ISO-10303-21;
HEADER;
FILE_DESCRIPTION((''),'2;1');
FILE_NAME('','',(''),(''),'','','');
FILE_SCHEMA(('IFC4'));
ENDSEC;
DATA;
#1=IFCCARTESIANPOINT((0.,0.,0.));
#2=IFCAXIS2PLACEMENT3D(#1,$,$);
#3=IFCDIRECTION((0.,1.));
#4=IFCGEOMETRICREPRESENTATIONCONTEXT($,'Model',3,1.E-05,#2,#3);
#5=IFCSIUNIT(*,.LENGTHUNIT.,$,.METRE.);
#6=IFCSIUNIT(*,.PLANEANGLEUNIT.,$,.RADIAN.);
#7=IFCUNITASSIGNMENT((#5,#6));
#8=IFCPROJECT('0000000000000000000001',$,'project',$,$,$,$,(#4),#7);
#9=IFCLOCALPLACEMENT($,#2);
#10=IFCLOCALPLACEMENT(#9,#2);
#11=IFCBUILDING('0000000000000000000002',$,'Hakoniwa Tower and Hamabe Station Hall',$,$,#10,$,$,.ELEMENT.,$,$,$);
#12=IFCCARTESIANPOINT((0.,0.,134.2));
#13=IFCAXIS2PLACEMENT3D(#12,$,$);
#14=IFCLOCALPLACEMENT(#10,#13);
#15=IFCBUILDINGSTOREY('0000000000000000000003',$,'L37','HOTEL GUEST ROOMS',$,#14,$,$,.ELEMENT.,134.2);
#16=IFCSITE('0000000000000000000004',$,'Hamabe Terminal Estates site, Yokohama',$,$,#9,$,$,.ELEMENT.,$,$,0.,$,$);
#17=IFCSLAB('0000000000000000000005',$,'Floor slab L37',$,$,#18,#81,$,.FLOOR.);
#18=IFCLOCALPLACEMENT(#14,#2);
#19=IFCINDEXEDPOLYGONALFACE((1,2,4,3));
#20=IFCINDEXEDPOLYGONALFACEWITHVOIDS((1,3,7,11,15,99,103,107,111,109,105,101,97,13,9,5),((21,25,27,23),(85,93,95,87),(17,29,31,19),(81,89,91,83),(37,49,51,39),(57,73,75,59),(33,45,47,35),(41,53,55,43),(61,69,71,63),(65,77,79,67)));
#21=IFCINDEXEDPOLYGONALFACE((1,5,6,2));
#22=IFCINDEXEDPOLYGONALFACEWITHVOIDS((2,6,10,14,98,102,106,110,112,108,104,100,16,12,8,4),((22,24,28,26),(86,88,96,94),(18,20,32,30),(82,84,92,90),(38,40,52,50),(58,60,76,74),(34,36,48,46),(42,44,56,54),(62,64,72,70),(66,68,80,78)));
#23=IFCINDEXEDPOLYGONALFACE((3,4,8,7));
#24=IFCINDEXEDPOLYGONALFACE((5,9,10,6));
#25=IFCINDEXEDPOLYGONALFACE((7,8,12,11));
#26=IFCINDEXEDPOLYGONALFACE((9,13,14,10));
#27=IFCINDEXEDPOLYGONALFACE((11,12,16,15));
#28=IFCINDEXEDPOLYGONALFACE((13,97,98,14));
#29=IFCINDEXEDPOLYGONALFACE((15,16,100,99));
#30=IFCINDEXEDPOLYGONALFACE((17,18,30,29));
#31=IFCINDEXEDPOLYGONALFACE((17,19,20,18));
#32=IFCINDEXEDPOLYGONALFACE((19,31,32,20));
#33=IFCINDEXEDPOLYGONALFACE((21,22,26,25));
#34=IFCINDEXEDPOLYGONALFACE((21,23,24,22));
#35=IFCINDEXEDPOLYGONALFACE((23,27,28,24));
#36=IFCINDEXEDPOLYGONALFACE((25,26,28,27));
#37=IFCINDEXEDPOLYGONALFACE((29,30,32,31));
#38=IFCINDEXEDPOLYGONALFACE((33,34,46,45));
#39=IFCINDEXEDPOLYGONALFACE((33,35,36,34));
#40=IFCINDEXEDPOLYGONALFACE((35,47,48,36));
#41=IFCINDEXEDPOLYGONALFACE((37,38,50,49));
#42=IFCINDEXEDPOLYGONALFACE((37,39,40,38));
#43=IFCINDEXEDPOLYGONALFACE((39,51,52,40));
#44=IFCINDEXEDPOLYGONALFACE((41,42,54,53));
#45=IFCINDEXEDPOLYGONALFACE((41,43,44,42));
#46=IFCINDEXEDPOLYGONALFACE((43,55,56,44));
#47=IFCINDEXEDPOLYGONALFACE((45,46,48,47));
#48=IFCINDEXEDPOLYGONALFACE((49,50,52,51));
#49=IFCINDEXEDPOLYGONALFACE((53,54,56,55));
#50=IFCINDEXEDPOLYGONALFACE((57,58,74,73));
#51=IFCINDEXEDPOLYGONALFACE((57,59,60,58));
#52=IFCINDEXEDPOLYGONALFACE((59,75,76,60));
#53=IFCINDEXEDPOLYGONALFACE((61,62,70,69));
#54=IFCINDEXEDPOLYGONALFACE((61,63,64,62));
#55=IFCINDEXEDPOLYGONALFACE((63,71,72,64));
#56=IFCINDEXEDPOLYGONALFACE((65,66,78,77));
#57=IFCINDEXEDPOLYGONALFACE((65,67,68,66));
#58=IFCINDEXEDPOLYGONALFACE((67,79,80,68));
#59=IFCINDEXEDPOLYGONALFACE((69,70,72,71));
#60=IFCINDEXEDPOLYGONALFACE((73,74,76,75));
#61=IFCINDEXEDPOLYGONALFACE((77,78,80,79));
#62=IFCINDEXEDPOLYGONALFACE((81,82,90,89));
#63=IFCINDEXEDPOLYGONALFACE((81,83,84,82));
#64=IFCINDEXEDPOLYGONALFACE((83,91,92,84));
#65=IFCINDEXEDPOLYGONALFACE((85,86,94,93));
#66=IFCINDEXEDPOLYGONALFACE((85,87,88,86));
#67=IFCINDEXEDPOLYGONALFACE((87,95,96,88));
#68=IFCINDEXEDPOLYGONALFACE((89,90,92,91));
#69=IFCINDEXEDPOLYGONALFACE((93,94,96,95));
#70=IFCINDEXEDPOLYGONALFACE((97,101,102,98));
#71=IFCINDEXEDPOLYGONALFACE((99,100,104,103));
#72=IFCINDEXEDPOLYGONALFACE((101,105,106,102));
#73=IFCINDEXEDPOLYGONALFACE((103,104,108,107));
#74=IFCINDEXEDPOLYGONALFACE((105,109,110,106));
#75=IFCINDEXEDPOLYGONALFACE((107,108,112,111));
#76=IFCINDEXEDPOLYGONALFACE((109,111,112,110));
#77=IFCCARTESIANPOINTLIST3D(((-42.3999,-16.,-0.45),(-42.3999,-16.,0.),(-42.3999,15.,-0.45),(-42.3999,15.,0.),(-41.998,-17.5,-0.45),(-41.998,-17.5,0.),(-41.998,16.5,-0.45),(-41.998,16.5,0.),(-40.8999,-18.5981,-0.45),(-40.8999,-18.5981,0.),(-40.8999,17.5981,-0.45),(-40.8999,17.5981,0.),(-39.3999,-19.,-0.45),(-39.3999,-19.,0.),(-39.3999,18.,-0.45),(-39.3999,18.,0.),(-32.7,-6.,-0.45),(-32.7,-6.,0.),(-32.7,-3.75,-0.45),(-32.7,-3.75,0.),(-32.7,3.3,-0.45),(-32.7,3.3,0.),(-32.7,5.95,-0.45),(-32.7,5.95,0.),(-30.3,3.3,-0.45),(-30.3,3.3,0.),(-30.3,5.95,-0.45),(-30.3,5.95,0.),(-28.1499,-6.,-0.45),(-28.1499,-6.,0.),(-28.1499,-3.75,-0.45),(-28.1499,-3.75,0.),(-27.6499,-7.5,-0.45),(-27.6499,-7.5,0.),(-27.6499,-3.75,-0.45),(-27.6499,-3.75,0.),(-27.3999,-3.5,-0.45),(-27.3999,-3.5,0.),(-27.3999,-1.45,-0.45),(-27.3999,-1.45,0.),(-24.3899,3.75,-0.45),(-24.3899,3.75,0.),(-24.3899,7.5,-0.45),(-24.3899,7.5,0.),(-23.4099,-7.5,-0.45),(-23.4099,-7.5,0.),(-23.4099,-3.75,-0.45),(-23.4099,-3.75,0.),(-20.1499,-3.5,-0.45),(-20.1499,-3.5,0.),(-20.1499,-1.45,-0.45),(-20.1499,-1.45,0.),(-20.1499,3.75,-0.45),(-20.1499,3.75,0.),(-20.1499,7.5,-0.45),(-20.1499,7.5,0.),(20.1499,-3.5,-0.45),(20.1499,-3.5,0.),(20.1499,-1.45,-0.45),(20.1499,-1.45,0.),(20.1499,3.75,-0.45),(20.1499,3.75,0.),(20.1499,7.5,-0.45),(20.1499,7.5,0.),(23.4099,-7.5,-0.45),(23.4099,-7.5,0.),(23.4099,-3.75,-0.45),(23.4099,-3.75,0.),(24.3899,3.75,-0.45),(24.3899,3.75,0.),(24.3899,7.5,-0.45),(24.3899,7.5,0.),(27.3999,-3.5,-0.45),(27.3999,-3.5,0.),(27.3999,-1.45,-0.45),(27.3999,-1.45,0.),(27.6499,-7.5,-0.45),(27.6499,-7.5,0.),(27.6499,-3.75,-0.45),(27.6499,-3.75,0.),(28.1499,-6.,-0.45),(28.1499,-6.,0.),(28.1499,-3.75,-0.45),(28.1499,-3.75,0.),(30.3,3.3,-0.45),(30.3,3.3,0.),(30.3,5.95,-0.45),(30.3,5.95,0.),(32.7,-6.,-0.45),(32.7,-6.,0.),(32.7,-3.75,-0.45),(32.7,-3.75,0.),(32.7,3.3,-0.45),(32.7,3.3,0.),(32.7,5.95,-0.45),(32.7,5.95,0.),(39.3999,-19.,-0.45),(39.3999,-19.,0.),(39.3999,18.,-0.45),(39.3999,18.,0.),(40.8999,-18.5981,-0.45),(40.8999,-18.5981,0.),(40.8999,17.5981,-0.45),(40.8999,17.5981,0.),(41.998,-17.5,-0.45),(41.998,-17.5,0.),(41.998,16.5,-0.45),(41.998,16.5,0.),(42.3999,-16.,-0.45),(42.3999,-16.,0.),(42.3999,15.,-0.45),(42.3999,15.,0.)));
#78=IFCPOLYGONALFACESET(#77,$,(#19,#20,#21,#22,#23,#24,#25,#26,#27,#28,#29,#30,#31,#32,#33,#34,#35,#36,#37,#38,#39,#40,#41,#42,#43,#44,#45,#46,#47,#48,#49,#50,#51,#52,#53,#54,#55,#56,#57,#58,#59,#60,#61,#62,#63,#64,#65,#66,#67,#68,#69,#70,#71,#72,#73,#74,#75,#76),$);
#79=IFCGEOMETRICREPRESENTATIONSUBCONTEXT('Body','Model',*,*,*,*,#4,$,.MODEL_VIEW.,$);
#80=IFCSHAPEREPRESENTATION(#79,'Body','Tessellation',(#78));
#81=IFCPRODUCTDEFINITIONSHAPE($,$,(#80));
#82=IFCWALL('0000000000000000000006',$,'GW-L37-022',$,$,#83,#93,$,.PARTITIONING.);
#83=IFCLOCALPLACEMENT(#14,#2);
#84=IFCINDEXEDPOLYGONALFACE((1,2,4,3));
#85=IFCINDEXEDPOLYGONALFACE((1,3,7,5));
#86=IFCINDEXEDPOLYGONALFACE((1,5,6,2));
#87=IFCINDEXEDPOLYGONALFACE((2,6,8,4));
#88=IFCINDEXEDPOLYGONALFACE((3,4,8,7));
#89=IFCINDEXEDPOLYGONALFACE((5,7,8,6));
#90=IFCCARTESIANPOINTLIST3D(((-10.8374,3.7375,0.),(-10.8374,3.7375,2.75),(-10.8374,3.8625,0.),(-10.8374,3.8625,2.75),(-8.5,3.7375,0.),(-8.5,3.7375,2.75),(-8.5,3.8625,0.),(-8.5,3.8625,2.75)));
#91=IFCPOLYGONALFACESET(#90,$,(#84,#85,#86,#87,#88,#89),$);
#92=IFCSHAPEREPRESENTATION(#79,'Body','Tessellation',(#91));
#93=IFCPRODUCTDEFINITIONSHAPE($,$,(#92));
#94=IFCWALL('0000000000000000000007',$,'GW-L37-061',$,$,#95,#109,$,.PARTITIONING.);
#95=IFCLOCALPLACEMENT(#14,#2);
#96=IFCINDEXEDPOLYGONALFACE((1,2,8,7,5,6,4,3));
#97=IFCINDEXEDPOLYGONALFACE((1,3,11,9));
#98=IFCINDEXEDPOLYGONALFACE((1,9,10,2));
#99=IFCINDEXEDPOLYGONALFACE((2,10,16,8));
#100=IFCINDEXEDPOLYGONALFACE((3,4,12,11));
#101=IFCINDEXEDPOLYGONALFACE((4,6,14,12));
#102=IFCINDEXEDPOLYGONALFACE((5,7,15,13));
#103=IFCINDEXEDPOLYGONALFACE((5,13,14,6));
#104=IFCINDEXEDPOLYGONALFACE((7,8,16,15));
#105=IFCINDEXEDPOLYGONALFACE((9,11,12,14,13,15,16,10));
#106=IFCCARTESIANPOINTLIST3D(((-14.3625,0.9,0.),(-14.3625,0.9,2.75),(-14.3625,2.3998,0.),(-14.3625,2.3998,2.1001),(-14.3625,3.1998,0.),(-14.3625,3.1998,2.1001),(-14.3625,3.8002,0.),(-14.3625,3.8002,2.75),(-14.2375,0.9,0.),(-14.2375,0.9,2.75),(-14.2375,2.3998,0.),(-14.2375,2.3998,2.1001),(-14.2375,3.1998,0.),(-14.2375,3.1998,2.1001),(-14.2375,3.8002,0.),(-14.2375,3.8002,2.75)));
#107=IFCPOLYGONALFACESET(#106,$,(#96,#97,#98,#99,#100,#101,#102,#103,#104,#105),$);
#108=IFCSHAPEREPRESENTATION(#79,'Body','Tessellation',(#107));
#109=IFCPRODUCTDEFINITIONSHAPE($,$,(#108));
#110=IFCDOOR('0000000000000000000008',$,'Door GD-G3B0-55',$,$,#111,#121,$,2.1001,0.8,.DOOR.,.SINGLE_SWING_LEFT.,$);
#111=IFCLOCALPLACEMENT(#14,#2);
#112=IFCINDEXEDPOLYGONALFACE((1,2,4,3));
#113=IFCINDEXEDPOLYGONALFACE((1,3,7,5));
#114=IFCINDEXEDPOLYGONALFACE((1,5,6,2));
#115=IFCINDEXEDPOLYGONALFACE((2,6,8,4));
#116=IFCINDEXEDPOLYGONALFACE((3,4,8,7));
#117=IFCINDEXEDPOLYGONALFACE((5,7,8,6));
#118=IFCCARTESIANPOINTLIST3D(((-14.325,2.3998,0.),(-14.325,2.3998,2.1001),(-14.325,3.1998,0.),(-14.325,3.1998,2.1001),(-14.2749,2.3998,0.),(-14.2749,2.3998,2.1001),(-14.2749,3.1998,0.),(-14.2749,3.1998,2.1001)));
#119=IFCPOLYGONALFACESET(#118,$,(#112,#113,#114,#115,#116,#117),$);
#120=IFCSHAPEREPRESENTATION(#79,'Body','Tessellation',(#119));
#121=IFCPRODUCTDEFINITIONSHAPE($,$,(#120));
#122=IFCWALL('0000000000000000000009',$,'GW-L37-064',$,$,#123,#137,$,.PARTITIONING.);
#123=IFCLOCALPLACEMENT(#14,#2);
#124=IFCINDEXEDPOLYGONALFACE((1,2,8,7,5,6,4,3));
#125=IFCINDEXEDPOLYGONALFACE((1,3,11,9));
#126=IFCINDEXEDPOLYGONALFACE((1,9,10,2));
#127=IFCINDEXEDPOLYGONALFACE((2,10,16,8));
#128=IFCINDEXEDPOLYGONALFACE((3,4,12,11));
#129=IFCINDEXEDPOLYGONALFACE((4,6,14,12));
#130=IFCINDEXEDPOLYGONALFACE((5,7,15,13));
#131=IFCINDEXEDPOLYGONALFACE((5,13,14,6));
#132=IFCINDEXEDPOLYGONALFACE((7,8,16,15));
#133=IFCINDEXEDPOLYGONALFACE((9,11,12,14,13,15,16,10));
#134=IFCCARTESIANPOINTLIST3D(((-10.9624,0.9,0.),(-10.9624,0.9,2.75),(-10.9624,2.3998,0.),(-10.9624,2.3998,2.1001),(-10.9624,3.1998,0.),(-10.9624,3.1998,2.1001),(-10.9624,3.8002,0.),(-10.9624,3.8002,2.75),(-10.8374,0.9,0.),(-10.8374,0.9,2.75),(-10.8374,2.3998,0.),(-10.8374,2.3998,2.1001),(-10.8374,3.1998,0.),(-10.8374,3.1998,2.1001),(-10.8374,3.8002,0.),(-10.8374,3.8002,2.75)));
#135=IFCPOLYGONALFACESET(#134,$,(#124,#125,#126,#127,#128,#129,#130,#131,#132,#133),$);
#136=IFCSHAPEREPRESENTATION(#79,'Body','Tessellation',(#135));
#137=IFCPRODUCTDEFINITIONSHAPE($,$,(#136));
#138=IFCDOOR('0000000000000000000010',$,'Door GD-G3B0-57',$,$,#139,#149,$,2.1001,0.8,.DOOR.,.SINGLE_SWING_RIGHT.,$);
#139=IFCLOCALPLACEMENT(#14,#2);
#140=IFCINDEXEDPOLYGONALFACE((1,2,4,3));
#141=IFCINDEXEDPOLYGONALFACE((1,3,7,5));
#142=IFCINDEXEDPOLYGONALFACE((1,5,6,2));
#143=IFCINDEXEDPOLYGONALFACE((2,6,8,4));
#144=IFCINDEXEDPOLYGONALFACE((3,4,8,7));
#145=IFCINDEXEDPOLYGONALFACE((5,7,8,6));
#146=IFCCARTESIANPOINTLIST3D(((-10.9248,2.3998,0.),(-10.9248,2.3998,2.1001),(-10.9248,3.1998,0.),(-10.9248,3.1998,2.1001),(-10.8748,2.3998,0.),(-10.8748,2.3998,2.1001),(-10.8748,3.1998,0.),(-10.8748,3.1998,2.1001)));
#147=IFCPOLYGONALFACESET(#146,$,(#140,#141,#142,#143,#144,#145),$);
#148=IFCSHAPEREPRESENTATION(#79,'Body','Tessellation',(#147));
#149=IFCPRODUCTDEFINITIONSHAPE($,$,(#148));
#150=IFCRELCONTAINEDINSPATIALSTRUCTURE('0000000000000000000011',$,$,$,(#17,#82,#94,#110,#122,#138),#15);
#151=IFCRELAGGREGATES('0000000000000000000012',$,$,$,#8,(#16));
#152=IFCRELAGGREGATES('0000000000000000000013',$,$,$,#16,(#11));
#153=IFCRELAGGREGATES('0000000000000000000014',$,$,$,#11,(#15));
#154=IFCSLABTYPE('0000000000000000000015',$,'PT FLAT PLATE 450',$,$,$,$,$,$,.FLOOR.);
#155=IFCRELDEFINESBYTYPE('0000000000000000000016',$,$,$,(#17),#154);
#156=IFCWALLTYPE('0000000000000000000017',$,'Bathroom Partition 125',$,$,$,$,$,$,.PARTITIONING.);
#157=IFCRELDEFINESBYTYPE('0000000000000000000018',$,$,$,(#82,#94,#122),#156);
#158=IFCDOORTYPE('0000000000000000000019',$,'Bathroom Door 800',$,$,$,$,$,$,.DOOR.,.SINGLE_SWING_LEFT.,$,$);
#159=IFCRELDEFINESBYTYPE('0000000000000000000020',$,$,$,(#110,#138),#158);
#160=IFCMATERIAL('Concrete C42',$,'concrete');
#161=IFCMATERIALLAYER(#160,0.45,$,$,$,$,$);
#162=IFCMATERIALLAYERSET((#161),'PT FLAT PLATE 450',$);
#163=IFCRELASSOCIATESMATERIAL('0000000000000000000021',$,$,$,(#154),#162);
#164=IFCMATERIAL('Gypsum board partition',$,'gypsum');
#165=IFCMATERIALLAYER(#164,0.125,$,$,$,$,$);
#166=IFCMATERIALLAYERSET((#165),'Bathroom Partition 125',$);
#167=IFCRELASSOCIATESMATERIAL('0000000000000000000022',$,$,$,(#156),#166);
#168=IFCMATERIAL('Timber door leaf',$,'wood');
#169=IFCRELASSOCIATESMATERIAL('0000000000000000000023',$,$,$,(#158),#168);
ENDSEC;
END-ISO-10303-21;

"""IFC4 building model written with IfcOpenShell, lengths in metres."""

from ifc_helpers import new_model, si_unit, direction, frame, frame_2d, origin, place, context, subcontext, project, spatial, polyline, rectangle, outline, extrude, material, layer, layer_set, type_object, element, fill, save


model = new_model("IFC4")

# Units and contexts
model_context = context("Model", 3, precision=1e-05, world=origin(), true_north=direction((0.0, 1.0)))
body_context = subcontext(model_context, "Body", "Model", "MODEL_VIEW")
ifc_project = project(units=[si_unit("LENGTHUNIT", "METRE"), si_unit("PLANEANGLEUNIT", "RADIAN")], contexts=[model_context])

# Site, building, storey
site_placement = place(None, origin())
site = spatial("IfcSite", under=ifc_project, at=site_placement, Name="Hamabe Terminal Estates site, Yokohama", CompositionType="ELEMENT", RefElevation=0.0)
building_placement = place(site_placement, origin())
building = spatial("IfcBuilding", under=site, at=building_placement, Name="Hakoniwa Tower and Hamabe Station Hall", CompositionType="ELEMENT")
storey_placement = place(building_placement, frame((0.0, 0.0, 134.2)))
storey = spatial("IfcBuildingStorey", under=building, at=storey_placement, Name="L37", Description="HOTEL GUEST ROOMS", CompositionType="ELEMENT", Elevation=134.2)

# Slab
ifc_material_1 = material(Name="Concrete C42", Category="concrete")
ifc_layer_1 = layer(ifc_material_1, 0.45)
ifc_layer_set_1 = layer_set([ifc_layer_1], Name="PT FLAT PLATE 450")
slab_type = type_object("IfcSlabType", Name="PT FLAT PLATE 450", PredefinedType="FLOOR", material=ifc_layer_set_1)
slab_placement = place(storey_placement, frame((0.0, 0.0, -0.45)))
element("IfcSlab", 1, at=slab_placement, inside=storey, type_object=slab_type, Name="Floor slab L37", PredefinedType="FLOOR", context=body_context, shape_type="SweptSolid", body=[
    extrude(outline(polyline([(42.3999, -16.0), (42.3999, 15.0), (41.998, 16.5), (40.8999, 17.5981), (39.3999, 18.0), (-39.3999, 18.0), (-40.8999, 17.5981), (-41.998, 16.5), (-42.3999, 15.0), (-42.3999, -16.0), (-41.998, -17.5), (-40.8999, -18.5981), (-39.3999, -19.0), (39.3999, -19.0), (40.8999, -18.5981), (41.998, -17.5), (42.3999, -16.0)]), holes=[polyline([(-27.3999, -3.5), (-27.3999, -1.45), (-20.1499, -1.45), (-20.1499, -3.5), (-27.3999, -3.5)]), polyline([(-32.7, 3.3), (-32.7, 5.95), (-30.3, 5.95), (-30.3, 3.3), (-32.7, 3.3)]), polyline([(-32.7, -6.0), (-32.7, -3.75), (-28.1499, -3.75), (-28.1499, -6.0), (-32.7, -6.0)]), polyline([(-24.3899, 3.75), (-24.3899, 7.5), (-20.1499, 7.5), (-20.1499, 3.75), (-24.3899, 3.75)]), polyline([(-27.6499, -7.5), (-27.6499, -3.75), (-23.4099, -3.75), (-23.4099, -7.5), (-27.6499, -7.5)]), polyline([(20.1499, -3.5), (20.1499, -1.45), (27.3999, -1.45), (27.3999, -3.5), (20.1499, -3.5)]), polyline([(30.3, 3.3), (30.3, 5.95), (32.7, 5.95), (32.7, 3.3), (30.3, 3.3)]), polyline([(28.1499, -6.0), (28.1499, -3.75), (32.7, -3.75), (32.7, -6.0), (28.1499, -6.0)]), polyline([(20.1499, 3.75), (20.1499, 7.5), (24.3899, 7.5), (24.3899, 3.75), (20.1499, 3.75)]), polyline([(23.4099, -7.5), (23.4099, -3.75), (27.6499, -3.75), (27.6499, -7.5), (23.4099, -7.5)])]), origin(), (0.0, 0.0, 1.0), 0.45),
])

# Wall
ifc_material_2 = material(Name="Gypsum board partition", Category="gypsum")
ifc_layer_2 = layer(ifc_material_2, 0.125)
ifc_layer_set_2 = layer_set([ifc_layer_2], Name="Bathroom Partition 125")
wall_type_1 = type_object("IfcWallType", Name="Bathroom Partition 125", PredefinedType="PARTITIONING", material=ifc_layer_set_2)
wall_1_placement = place(storey_placement, frame((-10.8374, 3.8, 0.0), z_axis=(0.0, 0.0, 1.0), x_axis=(1.0, 0.0, 0.0)))
element("IfcWall", 2, at=wall_1_placement, inside=storey, type_object=wall_type_1, Name="GW-L37-022", PredefinedType="PARTITIONING", context=body_context, shape_type="SweptSolid", body=[
    extrude(rectangle(XDim=2.3374, YDim=0.125, at=frame_2d((1.1687, 0.0))), origin(), (0.0, 0.0, 1.0), 2.75),
])

# Walls, openings, doors
wall_2_placement = place(storey_placement, frame((-14.3, 0.8999, 0.0), z_axis=(0.0, 0.0, 1.0), x_axis=(0.0, 1.0, 0.0)))
wall_2 = element("IfcWall", 3, at=wall_2_placement, inside=storey, type_object=wall_type_1, Name="GW-L37-061", PredefinedType="PARTITIONING", context=body_context, shape_type="SweptSolid", body=[
    extrude(rectangle(XDim=2.9001, YDim=0.125, at=frame_2d((1.4502, 0.0))), origin(), (0.0, 0.0, 1.0), 2.75),
])
opening_1_placement = place(wall_2_placement, frame((1.5, 0.0, 0.0)))
opening_1 = element("IfcOpeningElement", 4, at=opening_1_placement, cuts=wall_2, PredefinedType="OPENING", context=body_context, shape_type="SweptSolid", body=[
    extrude(rectangle(XDim=0.8, YDim=2.1001, at=frame_2d((0.3999, 1.05))), frame((0.0, 0.0725, 0.0), z_axis=(0.0, -1.0, 0.0), x_axis=(1.0, 0.0, 0.0)), (0.0, 0.0, 1.0), 0.145),
])
ifc_material_3 = material(Name="Timber door leaf", Category="wood")
door_type_1 = type_object("IfcDoorType", Name="Bathroom Door 800", OperationType="SINGLE_SWING_LEFT", PredefinedType="DOOR", material=ifc_material_3)
door_1_placement = place(opening_1_placement, origin())
door_1 = element("IfcDoor", 5, at=door_1_placement, inside=storey, type_object=door_type_1, Name="Door GD-G3B0-55", OperationType="SINGLE_SWING_LEFT", OverallHeight=2.1001, OverallWidth=0.8, PredefinedType="DOOR", context=body_context, shape_type="SweptSolid", body=[
    extrude(rectangle(XDim=0.8, YDim=2.1001, at=frame_2d((0.3999, 1.05))), frame((0.0, 0.0249, 0.0), z_axis=(0.0, -1.0, 0.0), x_axis=(1.0, 0.0, 0.0)), (0.0, 0.0, 1.0), 0.05),
])
fill(opening_1, door_1)
wall_3_placement = place(storey_placement, frame((-10.8999, 0.8999, 0.0), z_axis=(0.0, 0.0, 1.0), x_axis=(0.0, 1.0, 0.0)))
wall_3 = element("IfcWall", 6, at=wall_3_placement, inside=storey, type_object=wall_type_1, Name="GW-L37-064", PredefinedType="PARTITIONING", context=body_context, shape_type="SweptSolid", body=[
    extrude(rectangle(XDim=2.9001, YDim=0.125, at=frame_2d((1.4502, 0.0))), origin(), (0.0, 0.0, 1.0), 2.75),
])
opening_2_placement = place(wall_3_placement, frame((1.5, 0.0, 0.0)))
opening_2 = element("IfcOpeningElement", 7, at=opening_2_placement, cuts=wall_3, PredefinedType="OPENING", context=body_context, shape_type="SweptSolid", body=[
    extrude(rectangle(XDim=0.8, YDim=2.1001, at=frame_2d((0.3999, 1.05))), frame((0.0, 0.0725, 0.0), z_axis=(0.0, -1.0, 0.0), x_axis=(1.0, 0.0, 0.0)), (0.0, 0.0, 1.0), 0.145),
])
door_2_placement = place(opening_2_placement, origin())
door_2 = element("IfcDoor", 8, at=door_2_placement, inside=storey, type_object=door_type_1, Name="Door GD-G3B0-57", OperationType="SINGLE_SWING_RIGHT", OverallHeight=2.1001, OverallWidth=0.8, PredefinedType="DOOR", context=body_context, shape_type="SweptSolid", body=[
    extrude(rectangle(XDim=0.8, YDim=2.1001, at=frame_2d((0.3999, 1.05))), frame((0.0, 0.0249, 0.0), z_axis=(0.0, -1.0, 0.0), x_axis=(1.0, 0.0, 0.0)), (0.0, 0.0, 1.0), 0.05),
])
fill(opening_2, door_2)

save(model, "model.ifc")
